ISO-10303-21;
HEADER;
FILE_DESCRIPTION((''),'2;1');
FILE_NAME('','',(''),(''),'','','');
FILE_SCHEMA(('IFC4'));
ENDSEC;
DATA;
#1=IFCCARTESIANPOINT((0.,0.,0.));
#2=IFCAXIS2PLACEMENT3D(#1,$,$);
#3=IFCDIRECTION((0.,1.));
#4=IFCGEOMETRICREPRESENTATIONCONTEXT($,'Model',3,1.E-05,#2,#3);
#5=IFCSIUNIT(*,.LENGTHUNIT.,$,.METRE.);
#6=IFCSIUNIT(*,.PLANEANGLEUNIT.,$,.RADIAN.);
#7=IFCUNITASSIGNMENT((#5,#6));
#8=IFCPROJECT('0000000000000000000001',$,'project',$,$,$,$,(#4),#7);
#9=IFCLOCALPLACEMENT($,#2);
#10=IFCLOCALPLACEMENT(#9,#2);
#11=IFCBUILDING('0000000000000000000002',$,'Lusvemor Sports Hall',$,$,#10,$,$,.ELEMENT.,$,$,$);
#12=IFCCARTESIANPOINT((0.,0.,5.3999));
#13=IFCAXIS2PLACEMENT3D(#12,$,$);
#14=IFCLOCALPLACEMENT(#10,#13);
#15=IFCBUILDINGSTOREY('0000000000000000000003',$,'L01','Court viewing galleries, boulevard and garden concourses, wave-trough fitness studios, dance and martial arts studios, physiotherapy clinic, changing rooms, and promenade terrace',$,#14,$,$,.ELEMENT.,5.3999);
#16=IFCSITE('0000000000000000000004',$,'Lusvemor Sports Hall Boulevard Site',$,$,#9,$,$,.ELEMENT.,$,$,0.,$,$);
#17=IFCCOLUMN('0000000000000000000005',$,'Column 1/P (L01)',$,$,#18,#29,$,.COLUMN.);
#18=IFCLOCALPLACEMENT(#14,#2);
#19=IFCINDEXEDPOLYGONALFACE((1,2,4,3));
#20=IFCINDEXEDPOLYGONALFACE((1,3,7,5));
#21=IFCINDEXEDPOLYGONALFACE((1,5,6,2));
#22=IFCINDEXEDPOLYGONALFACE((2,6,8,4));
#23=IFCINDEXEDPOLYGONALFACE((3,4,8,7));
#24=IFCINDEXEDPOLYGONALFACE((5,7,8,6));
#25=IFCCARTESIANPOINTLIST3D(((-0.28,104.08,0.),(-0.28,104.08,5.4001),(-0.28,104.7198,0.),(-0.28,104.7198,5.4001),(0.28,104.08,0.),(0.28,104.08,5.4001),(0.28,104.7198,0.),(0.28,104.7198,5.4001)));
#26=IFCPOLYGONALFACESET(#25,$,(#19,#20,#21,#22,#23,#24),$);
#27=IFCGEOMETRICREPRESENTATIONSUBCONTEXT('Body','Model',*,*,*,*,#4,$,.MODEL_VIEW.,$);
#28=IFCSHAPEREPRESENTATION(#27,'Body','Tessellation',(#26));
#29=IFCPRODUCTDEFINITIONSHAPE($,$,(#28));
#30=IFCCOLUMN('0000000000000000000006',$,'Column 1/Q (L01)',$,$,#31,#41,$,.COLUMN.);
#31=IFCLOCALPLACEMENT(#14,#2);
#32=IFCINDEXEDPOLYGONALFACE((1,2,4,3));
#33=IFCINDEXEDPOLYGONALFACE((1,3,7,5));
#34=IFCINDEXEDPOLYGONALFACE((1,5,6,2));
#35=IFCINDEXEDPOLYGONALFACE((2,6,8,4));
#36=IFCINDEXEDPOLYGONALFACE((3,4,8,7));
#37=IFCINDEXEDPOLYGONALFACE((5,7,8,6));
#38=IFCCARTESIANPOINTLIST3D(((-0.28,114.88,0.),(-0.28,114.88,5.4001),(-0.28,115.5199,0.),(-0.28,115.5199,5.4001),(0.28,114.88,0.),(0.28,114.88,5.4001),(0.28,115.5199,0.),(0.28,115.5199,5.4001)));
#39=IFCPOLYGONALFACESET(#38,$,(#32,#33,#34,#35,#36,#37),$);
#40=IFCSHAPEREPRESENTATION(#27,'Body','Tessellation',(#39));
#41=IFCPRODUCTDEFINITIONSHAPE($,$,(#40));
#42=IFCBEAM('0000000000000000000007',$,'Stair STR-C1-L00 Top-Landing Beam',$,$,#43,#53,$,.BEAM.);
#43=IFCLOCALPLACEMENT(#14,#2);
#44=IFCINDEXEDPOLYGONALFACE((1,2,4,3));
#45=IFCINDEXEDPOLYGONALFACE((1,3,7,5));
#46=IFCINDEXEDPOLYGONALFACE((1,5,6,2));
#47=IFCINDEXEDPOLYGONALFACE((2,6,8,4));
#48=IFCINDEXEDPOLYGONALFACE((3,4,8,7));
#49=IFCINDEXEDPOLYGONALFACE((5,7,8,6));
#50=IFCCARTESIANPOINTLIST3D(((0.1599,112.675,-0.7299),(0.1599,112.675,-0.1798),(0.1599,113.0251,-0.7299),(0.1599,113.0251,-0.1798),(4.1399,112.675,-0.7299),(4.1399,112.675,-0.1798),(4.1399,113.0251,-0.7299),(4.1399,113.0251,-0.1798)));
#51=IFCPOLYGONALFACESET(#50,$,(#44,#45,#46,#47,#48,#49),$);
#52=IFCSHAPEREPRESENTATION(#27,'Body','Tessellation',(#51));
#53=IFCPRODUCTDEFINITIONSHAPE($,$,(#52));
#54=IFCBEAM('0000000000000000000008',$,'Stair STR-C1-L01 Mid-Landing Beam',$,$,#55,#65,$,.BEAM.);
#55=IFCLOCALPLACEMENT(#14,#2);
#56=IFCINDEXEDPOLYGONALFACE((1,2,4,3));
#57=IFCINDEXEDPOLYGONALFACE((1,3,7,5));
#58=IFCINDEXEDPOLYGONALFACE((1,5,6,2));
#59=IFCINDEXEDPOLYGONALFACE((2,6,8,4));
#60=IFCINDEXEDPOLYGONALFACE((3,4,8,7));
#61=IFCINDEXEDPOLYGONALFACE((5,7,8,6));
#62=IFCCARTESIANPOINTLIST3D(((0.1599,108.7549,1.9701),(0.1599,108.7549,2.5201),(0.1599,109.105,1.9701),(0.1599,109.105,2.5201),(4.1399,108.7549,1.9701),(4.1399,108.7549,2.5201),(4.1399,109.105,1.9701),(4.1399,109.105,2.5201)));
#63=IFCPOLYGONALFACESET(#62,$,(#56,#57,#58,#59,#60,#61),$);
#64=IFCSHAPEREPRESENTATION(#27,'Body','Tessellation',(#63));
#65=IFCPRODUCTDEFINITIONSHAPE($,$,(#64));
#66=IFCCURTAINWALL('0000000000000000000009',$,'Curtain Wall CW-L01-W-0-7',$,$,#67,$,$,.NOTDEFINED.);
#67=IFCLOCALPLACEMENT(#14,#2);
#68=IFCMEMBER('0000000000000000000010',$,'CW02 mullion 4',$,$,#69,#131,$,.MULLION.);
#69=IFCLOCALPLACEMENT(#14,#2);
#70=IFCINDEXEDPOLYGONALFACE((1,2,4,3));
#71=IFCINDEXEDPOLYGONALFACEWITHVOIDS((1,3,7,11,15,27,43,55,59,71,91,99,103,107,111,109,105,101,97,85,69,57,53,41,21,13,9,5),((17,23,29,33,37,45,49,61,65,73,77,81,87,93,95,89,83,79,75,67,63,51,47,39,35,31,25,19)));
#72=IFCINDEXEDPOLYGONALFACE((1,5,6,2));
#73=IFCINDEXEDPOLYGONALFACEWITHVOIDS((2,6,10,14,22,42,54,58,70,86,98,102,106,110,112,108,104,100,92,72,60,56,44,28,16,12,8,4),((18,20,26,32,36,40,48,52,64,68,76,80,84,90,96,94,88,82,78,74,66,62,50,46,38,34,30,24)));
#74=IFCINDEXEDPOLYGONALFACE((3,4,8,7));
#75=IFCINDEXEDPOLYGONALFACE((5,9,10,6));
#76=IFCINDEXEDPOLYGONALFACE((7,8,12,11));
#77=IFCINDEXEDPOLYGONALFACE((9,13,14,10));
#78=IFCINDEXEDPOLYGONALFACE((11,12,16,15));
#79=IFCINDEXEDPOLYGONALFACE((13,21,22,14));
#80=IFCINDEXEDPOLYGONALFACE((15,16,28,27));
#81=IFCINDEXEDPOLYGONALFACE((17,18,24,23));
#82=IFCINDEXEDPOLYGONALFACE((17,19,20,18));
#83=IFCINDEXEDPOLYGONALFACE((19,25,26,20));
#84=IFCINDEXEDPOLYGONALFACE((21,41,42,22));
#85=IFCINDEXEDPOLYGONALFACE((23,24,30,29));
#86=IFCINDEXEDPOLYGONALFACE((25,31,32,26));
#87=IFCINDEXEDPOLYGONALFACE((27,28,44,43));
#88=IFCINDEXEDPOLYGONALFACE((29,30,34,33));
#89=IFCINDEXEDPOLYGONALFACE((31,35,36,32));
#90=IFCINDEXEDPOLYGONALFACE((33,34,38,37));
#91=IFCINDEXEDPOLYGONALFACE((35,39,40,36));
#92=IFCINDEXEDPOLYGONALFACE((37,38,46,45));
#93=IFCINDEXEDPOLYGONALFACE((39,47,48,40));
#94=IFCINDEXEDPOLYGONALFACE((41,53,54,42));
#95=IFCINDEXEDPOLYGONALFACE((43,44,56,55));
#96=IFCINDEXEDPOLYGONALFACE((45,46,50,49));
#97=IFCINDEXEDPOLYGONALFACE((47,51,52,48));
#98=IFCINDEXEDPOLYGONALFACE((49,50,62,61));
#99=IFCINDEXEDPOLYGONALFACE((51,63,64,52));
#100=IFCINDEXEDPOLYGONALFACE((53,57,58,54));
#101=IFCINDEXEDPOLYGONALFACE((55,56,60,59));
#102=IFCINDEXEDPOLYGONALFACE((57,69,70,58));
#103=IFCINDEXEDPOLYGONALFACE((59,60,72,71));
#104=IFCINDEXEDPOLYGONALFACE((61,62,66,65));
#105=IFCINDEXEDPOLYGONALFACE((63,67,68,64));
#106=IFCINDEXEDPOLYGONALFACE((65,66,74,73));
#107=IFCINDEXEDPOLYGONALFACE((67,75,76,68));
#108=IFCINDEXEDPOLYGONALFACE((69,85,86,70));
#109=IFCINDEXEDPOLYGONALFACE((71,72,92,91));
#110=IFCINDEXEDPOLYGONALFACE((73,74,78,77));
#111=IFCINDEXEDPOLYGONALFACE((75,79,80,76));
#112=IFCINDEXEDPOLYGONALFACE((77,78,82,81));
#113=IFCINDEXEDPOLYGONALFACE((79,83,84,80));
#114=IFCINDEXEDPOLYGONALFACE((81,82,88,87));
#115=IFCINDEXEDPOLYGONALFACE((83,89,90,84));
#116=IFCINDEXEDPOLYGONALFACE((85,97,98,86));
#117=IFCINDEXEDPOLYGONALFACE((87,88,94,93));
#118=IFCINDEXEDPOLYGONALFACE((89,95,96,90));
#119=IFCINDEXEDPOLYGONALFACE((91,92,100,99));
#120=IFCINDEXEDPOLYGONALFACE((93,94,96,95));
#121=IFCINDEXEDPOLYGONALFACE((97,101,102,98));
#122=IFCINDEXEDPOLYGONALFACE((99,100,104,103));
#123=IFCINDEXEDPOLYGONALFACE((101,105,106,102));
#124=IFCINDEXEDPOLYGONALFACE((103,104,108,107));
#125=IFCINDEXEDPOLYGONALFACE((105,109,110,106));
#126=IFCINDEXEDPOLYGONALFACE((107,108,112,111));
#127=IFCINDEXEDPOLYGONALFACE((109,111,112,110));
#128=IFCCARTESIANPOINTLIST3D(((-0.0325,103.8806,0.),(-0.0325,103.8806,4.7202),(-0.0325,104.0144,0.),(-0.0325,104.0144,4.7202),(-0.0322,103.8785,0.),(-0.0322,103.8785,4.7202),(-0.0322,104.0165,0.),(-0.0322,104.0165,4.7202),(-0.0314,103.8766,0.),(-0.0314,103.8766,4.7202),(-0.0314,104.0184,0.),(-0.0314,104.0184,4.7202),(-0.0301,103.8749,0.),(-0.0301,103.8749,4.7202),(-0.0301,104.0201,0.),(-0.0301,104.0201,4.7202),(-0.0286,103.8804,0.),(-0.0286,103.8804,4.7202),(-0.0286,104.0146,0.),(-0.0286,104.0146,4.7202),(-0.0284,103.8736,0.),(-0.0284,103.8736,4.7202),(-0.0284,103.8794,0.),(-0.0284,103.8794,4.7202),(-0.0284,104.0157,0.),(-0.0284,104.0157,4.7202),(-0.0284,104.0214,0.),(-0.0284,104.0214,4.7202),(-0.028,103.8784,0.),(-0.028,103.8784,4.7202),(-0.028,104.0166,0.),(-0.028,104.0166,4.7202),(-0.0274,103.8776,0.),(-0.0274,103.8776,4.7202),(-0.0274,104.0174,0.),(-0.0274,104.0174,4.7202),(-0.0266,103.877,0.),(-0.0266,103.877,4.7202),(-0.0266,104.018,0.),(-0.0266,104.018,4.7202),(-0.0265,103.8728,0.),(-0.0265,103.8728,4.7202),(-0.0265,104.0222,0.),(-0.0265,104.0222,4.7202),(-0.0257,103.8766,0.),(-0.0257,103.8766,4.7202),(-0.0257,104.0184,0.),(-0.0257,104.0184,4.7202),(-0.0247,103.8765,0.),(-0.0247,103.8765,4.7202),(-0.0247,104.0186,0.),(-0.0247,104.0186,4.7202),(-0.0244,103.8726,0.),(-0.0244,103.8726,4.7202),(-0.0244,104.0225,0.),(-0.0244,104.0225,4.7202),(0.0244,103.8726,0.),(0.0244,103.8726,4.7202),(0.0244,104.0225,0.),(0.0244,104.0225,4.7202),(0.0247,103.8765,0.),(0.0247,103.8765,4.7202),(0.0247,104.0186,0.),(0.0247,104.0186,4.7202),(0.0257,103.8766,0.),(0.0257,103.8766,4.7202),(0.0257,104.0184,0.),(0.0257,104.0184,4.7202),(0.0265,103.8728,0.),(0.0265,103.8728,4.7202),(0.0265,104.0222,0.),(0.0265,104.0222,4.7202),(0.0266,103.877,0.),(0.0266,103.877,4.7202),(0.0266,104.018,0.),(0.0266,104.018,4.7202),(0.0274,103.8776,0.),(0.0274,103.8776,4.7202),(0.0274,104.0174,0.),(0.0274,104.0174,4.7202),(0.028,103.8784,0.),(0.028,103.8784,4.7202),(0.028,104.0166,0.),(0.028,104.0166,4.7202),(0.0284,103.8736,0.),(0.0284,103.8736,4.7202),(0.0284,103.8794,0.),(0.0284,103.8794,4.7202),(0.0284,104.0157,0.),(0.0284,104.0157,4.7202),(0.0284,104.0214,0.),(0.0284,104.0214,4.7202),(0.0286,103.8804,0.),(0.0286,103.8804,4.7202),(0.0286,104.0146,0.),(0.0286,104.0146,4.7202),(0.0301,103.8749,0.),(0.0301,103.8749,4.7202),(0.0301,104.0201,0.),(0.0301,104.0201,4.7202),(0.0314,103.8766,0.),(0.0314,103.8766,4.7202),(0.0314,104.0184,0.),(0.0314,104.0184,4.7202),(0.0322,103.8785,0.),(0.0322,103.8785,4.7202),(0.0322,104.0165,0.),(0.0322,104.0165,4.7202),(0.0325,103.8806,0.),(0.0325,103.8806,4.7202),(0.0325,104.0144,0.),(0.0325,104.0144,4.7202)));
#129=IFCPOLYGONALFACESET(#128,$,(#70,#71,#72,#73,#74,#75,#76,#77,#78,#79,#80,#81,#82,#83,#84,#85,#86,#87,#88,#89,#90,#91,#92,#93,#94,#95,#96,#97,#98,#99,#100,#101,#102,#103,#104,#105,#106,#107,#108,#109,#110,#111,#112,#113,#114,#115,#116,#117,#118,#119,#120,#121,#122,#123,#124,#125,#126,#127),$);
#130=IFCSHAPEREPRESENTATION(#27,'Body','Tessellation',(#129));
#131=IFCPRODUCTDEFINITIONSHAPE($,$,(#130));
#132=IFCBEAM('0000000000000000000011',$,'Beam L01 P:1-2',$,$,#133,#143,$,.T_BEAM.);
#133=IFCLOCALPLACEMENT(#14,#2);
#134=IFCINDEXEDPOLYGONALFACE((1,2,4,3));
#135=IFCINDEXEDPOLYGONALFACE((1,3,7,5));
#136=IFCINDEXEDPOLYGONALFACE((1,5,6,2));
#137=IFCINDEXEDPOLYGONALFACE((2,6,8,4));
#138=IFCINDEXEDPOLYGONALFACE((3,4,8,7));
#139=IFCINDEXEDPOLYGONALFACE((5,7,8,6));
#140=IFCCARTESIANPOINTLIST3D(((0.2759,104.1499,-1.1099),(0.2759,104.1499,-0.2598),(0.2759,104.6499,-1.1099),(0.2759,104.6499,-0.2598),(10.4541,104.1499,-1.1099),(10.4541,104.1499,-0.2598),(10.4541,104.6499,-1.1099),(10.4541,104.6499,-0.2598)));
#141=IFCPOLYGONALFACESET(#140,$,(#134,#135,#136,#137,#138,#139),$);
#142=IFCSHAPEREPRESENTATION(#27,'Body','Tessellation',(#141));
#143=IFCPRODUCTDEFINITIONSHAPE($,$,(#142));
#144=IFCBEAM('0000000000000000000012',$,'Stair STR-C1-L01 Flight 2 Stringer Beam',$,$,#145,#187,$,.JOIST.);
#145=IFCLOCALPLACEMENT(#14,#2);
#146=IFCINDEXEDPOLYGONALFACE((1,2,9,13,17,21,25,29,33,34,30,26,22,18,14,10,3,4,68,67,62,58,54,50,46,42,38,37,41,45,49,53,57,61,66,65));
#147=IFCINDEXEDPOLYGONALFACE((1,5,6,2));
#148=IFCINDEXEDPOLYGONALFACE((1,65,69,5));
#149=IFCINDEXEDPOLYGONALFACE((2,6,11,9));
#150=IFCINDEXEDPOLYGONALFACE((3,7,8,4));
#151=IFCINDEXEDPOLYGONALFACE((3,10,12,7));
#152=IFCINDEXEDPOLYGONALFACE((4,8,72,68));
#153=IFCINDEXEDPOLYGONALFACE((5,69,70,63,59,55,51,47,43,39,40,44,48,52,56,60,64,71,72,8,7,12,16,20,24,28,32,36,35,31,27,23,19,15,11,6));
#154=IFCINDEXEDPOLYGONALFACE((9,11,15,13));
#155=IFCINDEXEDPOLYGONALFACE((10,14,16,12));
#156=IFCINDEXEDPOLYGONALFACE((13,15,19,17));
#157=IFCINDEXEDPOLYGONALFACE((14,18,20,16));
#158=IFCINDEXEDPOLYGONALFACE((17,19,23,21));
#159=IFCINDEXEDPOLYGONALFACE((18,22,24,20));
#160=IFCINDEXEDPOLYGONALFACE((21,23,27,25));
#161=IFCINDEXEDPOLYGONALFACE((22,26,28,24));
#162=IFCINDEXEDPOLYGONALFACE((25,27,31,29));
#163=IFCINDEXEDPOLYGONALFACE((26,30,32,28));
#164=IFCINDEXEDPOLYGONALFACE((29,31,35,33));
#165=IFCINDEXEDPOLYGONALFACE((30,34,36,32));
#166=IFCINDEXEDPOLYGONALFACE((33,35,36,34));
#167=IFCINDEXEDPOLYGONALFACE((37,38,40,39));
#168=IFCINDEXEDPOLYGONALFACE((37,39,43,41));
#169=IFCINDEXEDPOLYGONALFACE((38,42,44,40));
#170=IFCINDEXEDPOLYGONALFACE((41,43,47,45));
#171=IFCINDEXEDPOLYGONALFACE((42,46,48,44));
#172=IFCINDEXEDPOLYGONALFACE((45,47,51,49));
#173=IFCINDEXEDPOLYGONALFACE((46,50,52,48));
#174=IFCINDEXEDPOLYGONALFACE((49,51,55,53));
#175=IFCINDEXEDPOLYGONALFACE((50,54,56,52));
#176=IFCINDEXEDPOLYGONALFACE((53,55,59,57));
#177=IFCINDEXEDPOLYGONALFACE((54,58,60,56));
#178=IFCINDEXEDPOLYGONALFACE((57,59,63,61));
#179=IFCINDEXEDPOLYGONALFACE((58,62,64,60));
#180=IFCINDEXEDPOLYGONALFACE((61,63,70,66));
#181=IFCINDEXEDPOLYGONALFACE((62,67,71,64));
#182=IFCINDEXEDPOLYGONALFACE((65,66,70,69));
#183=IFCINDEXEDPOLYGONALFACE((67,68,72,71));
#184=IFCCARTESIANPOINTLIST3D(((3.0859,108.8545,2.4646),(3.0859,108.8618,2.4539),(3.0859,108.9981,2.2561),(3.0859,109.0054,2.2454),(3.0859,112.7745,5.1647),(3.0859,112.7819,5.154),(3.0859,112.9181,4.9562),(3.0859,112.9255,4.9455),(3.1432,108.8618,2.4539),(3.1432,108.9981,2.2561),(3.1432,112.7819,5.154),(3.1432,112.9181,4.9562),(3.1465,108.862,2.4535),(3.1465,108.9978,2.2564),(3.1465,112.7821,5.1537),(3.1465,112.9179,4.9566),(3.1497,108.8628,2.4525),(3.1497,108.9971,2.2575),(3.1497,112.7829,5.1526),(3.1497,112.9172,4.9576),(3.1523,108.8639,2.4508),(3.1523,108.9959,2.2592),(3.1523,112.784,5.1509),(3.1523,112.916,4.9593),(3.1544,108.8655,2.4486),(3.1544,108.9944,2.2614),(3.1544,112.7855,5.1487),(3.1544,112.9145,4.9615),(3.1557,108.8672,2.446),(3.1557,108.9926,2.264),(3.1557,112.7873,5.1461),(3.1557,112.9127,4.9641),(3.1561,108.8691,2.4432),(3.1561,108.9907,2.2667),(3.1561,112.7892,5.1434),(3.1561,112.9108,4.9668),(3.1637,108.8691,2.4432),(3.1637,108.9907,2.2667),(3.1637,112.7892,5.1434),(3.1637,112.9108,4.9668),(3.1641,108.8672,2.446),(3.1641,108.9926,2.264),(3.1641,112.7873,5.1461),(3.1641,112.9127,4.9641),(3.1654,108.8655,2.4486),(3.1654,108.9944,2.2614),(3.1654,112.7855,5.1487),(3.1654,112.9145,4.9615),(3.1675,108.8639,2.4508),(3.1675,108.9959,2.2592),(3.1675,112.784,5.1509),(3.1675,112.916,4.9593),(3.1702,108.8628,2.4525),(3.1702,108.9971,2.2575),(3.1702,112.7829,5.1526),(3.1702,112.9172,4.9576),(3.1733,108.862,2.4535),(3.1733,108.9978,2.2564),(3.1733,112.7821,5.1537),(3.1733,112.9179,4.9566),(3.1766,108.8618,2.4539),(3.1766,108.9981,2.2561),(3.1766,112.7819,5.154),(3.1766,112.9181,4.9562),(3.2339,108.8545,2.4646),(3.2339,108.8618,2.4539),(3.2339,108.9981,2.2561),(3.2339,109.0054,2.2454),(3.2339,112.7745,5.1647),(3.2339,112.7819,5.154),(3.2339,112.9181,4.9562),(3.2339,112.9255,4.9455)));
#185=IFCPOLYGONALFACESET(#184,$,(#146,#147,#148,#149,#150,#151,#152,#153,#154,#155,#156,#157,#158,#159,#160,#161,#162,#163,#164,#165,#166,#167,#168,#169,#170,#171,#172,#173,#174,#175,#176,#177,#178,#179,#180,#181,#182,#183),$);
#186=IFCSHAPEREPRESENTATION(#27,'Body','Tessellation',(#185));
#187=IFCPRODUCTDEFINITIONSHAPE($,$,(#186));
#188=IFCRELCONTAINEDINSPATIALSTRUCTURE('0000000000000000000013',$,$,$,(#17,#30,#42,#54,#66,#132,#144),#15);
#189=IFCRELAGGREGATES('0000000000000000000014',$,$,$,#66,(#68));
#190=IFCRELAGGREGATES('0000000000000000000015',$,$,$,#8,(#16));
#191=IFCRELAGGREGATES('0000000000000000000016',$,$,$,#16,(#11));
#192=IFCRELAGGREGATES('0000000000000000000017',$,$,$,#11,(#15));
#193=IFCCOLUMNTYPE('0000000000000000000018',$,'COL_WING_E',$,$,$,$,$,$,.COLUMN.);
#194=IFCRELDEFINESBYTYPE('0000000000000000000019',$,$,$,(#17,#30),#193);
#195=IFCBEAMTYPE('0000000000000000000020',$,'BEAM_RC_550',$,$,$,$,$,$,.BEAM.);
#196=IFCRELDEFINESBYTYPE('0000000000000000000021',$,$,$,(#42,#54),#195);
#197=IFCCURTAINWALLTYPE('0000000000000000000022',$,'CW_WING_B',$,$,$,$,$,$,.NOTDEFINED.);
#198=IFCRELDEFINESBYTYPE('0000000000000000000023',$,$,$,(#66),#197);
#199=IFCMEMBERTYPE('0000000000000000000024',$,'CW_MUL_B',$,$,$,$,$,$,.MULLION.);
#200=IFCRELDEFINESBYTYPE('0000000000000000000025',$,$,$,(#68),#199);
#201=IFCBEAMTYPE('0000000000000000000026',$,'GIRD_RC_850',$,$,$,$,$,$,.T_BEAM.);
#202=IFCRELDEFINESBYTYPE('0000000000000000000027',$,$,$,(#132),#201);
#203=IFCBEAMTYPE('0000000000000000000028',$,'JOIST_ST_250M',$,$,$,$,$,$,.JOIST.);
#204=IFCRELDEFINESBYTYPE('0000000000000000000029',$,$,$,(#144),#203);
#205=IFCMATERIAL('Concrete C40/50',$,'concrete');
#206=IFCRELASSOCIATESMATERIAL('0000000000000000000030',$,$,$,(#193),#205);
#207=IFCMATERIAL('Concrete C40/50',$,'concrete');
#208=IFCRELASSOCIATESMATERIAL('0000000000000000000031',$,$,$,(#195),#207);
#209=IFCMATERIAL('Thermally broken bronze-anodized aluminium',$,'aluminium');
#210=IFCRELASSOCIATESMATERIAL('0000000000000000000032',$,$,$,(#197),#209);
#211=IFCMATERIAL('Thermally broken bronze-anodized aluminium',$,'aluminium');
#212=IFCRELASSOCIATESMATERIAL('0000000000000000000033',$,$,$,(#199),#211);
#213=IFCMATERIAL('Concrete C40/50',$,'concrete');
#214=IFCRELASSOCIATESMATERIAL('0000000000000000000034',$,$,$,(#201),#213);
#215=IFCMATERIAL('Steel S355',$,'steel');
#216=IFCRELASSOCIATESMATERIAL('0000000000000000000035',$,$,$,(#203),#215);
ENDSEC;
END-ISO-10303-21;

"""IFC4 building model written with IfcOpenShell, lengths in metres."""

from ifc_helpers import new_model, si_unit, direction, frame, origin, origin_2d, place, context, subcontext, project, spatial, rectangle, hollow_rectangle, i_section, extrude, material, material_profile, profile_set, type_object, element, aggregate, save


model = new_model("IFC4")

# Units and contexts
model_context = context("Model", 3, precision=1e-05, world=origin(), true_north=direction((0.0, 1.0)))
body_context = subcontext(model_context, "Body", "Model", "MODEL_VIEW")
ifc_project = project(units=[si_unit("LENGTHUNIT", "METRE"), si_unit("PLANEANGLEUNIT", "RADIAN")], contexts=[model_context])

# Site, building, storey
site_placement = place(None, origin())
site = spatial("IfcSite", under=ifc_project, at=site_placement, Name="Lusvemor Sports Hall Boulevard Site", CompositionType="ELEMENT", RefElevation=0.0)
building_placement = place(site_placement, origin())
building = spatial("IfcBuilding", under=site, at=building_placement, Name="Lusvemor Sports Hall", CompositionType="ELEMENT")
storey_placement = place(building_placement, frame((0.0, 0.0, 5.3999)))
storey = spatial("IfcBuildingStorey", under=building, at=storey_placement, Name="L01", Description="Court viewing galleries, boulevard and garden concourses, wave-trough fitness studios, dance and martial arts studios, physiotherapy clinic, changing rooms, and promenade terrace", CompositionType="ELEMENT", Elevation=5.3999)

# Columns
ifc_material_1 = material(Name="Concrete C40/50", Category="concrete")
ifc_material_profile_1 = material_profile(ifc_material_1, rectangle(XDim=0.5601, YDim=0.6399, at=origin_2d()), Name="RC560x640")
ifc_profile_set_1 = profile_set([ifc_material_profile_1], Name="Concrete C40/50")
column_type = type_object("IfcColumnType", Name="COL_WING_E", PredefinedType="COLUMN", material=ifc_profile_set_1)
for number, where, z_axis, x_axis, name in (
    (1, (0.0, 104.3999, 0.0), (0.0, 0.0, 1.0), (1.0, 0.0, 0.0), "Column 1/P (L01)"),
    (2, (0.0, 115.2, 0.0), (0.0, 0.0, 1.0), (1.0, 0.0, 0.0), "Column 1/Q (L01)"),
):
    element("IfcColumn", number, at=place(storey_placement, frame(where, z_axis=z_axis, x_axis=x_axis)), inside=storey, type_object=column_type, Name=name, PredefinedType="COLUMN", context=body_context, shape_type="SweptSolid", body=[
        extrude(rectangle(XDim=0.5601, YDim=0.6399, at=origin_2d()), origin(), (0.0, 0.0, 1.0), 5.4001),
    ])

# Beams
ifc_material_2 = material(Name="Concrete C40/50", Category="concrete")
ifc_material_profile_2 = material_profile(ifc_material_2, rectangle(XDim=0.3501, YDim=0.55, at=origin_2d()), Name="RC350x550")
ifc_profile_set_2 = profile_set([ifc_material_profile_2], Name="Concrete C40/50")
beam_type_1 = type_object("IfcBeamType", Name="BEAM_RC_550", PredefinedType="BEAM", material=ifc_profile_set_2)
for number, where, z_axis, x_axis, name in (
    (3, (0.1599, 112.8501, -0.4548), (1.0, 0.0, 0.0), (0.0, 1.0, 0.0), "Stair STR-C1-L00 Top-Landing Beam"),
    (4, (0.1599, 108.9299, 2.2451), (1.0, 0.0, 0.0), (0.0, 1.0, 0.0), "Stair STR-C1-L01 Mid-Landing Beam"),
):
    element("IfcBeam", number, at=place(storey_placement, frame(where, z_axis=z_axis, x_axis=x_axis)), inside=storey, type_object=beam_type_1, Name=name, PredefinedType="BEAM", context=body_context, shape_type="SweptSolid", body=[
        extrude(rectangle(XDim=0.3501, YDim=0.55, at=origin_2d()), origin(), (0.0, 0.0, 1.0), 3.98),
    ])

# Curtain wall, member
ifc_material_3 = material(Name="Thermally broken bronze-anodized aluminium", Category="aluminium")
curtain_wall_type = type_object("IfcCurtainWallType", Name="CW_WING_B", PredefinedType="NOTDEFINED", material=ifc_material_3)
curtain_wall_placement = place(storey_placement, origin())
curtain_wall = element("IfcCurtainWall", 5, at=curtain_wall_placement, inside=storey, type_object=curtain_wall_type, Name="Curtain Wall CW-L01-W-0-7", PredefinedType="NOTDEFINED")
ifc_material_4 = material(Name="Thermally broken bronze-anodized aluminium", Category="aluminium")
ifc_material_profile_3 = material_profile(ifc_material_4, hollow_rectangle(XDim=0.0649, YDim=0.1499, WallThickness=0.0039, InnerFilletRadius=0.0039, OuterFilletRadius=0.0081, at=origin_2d()), Name="CWMUL150x65x4")
ifc_profile_set_3 = profile_set([ifc_material_profile_3], Name="Thermally broken bronze-anodized aluminium")
member_type = type_object("IfcMemberType", Name="CW_MUL_B", PredefinedType="MULLION", material=ifc_profile_set_3)
member_placement = place(storey_placement, frame((0.0, 103.9475, 0.0), z_axis=(0.0, 0.0, 1.0), x_axis=(-1.0, 0.0, 0.0)))
member = element("IfcMember", 6, at=member_placement, type_object=member_type, Name="CW02 mullion 4", PredefinedType="MULLION", context=body_context, shape_type="SweptSolid", body=[
    extrude(hollow_rectangle(XDim=0.0649, YDim=0.1499, WallThickness=0.0039, InnerFilletRadius=0.0039, OuterFilletRadius=0.0081, at=origin_2d()), origin(), (0.0, 0.0, 1.0), 4.7202),
])
aggregate(curtain_wall, [member])

# Beams
ifc_material_5 = material(Name="Concrete C40/50", Category="concrete")
ifc_material_profile_4 = material_profile(ifc_material_5, rectangle(XDim=0.5, YDim=0.8501, at=origin_2d()), Name="RC500x850")
ifc_profile_set_4 = profile_set([ifc_material_profile_4], Name="Concrete C40/50")
beam_type_2 = type_object("IfcBeamType", Name="GIRD_RC_850", PredefinedType="T_BEAM", material=ifc_profile_set_4)
beam_1_placement = place(storey_placement, frame((0.2759, 104.3999, -0.6848), z_axis=(1.0, 0.0, 0.0), x_axis=(0.0, 1.0, 0.0)))
element("IfcBeam", 7, at=beam_1_placement, inside=storey, type_object=beam_type_2, Name="Beam L01 P:1-2", PredefinedType="T_BEAM", context=body_context, shape_type="SweptSolid", body=[
    extrude(rectangle(XDim=0.5, YDim=0.8501, at=origin_2d()), origin(), (0.0, 0.0, 1.0), 10.1782),
])
ifc_material_6 = material(Name="Steel S355", Category="steel")
ifc_material_profile_5 = material_profile(ifc_material_6, i_section(OverallWidth=0.1479, OverallDepth=0.2661, WebThickness=0.0076, FlangeThickness=0.0129, FilletRadius=0.0129, at=origin_2d()), Name="W250x44.8")
ifc_profile_set_5 = profile_set([ifc_material_profile_5], Name="Steel S355")
beam_type_3 = type_object("IfcBeamType", Name="JOIST_ST_250M", PredefinedType="JOIST", material=ifc_profile_set_5)
beam_2_placement = place(storey_placement, frame((3.1599, 108.9299, 2.355), z_axis=(0.0, 0.823543, 0.567253), x_axis=(-1.0, 0.0, 0.0)))
element("IfcBeam", 8, at=beam_2_placement, inside=storey, type_object=beam_type_3, Name="Stair STR-C1-L01 Flight 2 Stringer Beam", PredefinedType="JOIST", context=body_context, shape_type="SweptSolid", body=[
    extrude(i_section(OverallWidth=0.1479, OverallDepth=0.2661, WebThickness=0.0076, FlangeThickness=0.0129, FilletRadius=0.0129, at=origin_2d()), origin(), (0.0, 0.0, 1.0), 4.76),
])

save(model, "model.ifc")
